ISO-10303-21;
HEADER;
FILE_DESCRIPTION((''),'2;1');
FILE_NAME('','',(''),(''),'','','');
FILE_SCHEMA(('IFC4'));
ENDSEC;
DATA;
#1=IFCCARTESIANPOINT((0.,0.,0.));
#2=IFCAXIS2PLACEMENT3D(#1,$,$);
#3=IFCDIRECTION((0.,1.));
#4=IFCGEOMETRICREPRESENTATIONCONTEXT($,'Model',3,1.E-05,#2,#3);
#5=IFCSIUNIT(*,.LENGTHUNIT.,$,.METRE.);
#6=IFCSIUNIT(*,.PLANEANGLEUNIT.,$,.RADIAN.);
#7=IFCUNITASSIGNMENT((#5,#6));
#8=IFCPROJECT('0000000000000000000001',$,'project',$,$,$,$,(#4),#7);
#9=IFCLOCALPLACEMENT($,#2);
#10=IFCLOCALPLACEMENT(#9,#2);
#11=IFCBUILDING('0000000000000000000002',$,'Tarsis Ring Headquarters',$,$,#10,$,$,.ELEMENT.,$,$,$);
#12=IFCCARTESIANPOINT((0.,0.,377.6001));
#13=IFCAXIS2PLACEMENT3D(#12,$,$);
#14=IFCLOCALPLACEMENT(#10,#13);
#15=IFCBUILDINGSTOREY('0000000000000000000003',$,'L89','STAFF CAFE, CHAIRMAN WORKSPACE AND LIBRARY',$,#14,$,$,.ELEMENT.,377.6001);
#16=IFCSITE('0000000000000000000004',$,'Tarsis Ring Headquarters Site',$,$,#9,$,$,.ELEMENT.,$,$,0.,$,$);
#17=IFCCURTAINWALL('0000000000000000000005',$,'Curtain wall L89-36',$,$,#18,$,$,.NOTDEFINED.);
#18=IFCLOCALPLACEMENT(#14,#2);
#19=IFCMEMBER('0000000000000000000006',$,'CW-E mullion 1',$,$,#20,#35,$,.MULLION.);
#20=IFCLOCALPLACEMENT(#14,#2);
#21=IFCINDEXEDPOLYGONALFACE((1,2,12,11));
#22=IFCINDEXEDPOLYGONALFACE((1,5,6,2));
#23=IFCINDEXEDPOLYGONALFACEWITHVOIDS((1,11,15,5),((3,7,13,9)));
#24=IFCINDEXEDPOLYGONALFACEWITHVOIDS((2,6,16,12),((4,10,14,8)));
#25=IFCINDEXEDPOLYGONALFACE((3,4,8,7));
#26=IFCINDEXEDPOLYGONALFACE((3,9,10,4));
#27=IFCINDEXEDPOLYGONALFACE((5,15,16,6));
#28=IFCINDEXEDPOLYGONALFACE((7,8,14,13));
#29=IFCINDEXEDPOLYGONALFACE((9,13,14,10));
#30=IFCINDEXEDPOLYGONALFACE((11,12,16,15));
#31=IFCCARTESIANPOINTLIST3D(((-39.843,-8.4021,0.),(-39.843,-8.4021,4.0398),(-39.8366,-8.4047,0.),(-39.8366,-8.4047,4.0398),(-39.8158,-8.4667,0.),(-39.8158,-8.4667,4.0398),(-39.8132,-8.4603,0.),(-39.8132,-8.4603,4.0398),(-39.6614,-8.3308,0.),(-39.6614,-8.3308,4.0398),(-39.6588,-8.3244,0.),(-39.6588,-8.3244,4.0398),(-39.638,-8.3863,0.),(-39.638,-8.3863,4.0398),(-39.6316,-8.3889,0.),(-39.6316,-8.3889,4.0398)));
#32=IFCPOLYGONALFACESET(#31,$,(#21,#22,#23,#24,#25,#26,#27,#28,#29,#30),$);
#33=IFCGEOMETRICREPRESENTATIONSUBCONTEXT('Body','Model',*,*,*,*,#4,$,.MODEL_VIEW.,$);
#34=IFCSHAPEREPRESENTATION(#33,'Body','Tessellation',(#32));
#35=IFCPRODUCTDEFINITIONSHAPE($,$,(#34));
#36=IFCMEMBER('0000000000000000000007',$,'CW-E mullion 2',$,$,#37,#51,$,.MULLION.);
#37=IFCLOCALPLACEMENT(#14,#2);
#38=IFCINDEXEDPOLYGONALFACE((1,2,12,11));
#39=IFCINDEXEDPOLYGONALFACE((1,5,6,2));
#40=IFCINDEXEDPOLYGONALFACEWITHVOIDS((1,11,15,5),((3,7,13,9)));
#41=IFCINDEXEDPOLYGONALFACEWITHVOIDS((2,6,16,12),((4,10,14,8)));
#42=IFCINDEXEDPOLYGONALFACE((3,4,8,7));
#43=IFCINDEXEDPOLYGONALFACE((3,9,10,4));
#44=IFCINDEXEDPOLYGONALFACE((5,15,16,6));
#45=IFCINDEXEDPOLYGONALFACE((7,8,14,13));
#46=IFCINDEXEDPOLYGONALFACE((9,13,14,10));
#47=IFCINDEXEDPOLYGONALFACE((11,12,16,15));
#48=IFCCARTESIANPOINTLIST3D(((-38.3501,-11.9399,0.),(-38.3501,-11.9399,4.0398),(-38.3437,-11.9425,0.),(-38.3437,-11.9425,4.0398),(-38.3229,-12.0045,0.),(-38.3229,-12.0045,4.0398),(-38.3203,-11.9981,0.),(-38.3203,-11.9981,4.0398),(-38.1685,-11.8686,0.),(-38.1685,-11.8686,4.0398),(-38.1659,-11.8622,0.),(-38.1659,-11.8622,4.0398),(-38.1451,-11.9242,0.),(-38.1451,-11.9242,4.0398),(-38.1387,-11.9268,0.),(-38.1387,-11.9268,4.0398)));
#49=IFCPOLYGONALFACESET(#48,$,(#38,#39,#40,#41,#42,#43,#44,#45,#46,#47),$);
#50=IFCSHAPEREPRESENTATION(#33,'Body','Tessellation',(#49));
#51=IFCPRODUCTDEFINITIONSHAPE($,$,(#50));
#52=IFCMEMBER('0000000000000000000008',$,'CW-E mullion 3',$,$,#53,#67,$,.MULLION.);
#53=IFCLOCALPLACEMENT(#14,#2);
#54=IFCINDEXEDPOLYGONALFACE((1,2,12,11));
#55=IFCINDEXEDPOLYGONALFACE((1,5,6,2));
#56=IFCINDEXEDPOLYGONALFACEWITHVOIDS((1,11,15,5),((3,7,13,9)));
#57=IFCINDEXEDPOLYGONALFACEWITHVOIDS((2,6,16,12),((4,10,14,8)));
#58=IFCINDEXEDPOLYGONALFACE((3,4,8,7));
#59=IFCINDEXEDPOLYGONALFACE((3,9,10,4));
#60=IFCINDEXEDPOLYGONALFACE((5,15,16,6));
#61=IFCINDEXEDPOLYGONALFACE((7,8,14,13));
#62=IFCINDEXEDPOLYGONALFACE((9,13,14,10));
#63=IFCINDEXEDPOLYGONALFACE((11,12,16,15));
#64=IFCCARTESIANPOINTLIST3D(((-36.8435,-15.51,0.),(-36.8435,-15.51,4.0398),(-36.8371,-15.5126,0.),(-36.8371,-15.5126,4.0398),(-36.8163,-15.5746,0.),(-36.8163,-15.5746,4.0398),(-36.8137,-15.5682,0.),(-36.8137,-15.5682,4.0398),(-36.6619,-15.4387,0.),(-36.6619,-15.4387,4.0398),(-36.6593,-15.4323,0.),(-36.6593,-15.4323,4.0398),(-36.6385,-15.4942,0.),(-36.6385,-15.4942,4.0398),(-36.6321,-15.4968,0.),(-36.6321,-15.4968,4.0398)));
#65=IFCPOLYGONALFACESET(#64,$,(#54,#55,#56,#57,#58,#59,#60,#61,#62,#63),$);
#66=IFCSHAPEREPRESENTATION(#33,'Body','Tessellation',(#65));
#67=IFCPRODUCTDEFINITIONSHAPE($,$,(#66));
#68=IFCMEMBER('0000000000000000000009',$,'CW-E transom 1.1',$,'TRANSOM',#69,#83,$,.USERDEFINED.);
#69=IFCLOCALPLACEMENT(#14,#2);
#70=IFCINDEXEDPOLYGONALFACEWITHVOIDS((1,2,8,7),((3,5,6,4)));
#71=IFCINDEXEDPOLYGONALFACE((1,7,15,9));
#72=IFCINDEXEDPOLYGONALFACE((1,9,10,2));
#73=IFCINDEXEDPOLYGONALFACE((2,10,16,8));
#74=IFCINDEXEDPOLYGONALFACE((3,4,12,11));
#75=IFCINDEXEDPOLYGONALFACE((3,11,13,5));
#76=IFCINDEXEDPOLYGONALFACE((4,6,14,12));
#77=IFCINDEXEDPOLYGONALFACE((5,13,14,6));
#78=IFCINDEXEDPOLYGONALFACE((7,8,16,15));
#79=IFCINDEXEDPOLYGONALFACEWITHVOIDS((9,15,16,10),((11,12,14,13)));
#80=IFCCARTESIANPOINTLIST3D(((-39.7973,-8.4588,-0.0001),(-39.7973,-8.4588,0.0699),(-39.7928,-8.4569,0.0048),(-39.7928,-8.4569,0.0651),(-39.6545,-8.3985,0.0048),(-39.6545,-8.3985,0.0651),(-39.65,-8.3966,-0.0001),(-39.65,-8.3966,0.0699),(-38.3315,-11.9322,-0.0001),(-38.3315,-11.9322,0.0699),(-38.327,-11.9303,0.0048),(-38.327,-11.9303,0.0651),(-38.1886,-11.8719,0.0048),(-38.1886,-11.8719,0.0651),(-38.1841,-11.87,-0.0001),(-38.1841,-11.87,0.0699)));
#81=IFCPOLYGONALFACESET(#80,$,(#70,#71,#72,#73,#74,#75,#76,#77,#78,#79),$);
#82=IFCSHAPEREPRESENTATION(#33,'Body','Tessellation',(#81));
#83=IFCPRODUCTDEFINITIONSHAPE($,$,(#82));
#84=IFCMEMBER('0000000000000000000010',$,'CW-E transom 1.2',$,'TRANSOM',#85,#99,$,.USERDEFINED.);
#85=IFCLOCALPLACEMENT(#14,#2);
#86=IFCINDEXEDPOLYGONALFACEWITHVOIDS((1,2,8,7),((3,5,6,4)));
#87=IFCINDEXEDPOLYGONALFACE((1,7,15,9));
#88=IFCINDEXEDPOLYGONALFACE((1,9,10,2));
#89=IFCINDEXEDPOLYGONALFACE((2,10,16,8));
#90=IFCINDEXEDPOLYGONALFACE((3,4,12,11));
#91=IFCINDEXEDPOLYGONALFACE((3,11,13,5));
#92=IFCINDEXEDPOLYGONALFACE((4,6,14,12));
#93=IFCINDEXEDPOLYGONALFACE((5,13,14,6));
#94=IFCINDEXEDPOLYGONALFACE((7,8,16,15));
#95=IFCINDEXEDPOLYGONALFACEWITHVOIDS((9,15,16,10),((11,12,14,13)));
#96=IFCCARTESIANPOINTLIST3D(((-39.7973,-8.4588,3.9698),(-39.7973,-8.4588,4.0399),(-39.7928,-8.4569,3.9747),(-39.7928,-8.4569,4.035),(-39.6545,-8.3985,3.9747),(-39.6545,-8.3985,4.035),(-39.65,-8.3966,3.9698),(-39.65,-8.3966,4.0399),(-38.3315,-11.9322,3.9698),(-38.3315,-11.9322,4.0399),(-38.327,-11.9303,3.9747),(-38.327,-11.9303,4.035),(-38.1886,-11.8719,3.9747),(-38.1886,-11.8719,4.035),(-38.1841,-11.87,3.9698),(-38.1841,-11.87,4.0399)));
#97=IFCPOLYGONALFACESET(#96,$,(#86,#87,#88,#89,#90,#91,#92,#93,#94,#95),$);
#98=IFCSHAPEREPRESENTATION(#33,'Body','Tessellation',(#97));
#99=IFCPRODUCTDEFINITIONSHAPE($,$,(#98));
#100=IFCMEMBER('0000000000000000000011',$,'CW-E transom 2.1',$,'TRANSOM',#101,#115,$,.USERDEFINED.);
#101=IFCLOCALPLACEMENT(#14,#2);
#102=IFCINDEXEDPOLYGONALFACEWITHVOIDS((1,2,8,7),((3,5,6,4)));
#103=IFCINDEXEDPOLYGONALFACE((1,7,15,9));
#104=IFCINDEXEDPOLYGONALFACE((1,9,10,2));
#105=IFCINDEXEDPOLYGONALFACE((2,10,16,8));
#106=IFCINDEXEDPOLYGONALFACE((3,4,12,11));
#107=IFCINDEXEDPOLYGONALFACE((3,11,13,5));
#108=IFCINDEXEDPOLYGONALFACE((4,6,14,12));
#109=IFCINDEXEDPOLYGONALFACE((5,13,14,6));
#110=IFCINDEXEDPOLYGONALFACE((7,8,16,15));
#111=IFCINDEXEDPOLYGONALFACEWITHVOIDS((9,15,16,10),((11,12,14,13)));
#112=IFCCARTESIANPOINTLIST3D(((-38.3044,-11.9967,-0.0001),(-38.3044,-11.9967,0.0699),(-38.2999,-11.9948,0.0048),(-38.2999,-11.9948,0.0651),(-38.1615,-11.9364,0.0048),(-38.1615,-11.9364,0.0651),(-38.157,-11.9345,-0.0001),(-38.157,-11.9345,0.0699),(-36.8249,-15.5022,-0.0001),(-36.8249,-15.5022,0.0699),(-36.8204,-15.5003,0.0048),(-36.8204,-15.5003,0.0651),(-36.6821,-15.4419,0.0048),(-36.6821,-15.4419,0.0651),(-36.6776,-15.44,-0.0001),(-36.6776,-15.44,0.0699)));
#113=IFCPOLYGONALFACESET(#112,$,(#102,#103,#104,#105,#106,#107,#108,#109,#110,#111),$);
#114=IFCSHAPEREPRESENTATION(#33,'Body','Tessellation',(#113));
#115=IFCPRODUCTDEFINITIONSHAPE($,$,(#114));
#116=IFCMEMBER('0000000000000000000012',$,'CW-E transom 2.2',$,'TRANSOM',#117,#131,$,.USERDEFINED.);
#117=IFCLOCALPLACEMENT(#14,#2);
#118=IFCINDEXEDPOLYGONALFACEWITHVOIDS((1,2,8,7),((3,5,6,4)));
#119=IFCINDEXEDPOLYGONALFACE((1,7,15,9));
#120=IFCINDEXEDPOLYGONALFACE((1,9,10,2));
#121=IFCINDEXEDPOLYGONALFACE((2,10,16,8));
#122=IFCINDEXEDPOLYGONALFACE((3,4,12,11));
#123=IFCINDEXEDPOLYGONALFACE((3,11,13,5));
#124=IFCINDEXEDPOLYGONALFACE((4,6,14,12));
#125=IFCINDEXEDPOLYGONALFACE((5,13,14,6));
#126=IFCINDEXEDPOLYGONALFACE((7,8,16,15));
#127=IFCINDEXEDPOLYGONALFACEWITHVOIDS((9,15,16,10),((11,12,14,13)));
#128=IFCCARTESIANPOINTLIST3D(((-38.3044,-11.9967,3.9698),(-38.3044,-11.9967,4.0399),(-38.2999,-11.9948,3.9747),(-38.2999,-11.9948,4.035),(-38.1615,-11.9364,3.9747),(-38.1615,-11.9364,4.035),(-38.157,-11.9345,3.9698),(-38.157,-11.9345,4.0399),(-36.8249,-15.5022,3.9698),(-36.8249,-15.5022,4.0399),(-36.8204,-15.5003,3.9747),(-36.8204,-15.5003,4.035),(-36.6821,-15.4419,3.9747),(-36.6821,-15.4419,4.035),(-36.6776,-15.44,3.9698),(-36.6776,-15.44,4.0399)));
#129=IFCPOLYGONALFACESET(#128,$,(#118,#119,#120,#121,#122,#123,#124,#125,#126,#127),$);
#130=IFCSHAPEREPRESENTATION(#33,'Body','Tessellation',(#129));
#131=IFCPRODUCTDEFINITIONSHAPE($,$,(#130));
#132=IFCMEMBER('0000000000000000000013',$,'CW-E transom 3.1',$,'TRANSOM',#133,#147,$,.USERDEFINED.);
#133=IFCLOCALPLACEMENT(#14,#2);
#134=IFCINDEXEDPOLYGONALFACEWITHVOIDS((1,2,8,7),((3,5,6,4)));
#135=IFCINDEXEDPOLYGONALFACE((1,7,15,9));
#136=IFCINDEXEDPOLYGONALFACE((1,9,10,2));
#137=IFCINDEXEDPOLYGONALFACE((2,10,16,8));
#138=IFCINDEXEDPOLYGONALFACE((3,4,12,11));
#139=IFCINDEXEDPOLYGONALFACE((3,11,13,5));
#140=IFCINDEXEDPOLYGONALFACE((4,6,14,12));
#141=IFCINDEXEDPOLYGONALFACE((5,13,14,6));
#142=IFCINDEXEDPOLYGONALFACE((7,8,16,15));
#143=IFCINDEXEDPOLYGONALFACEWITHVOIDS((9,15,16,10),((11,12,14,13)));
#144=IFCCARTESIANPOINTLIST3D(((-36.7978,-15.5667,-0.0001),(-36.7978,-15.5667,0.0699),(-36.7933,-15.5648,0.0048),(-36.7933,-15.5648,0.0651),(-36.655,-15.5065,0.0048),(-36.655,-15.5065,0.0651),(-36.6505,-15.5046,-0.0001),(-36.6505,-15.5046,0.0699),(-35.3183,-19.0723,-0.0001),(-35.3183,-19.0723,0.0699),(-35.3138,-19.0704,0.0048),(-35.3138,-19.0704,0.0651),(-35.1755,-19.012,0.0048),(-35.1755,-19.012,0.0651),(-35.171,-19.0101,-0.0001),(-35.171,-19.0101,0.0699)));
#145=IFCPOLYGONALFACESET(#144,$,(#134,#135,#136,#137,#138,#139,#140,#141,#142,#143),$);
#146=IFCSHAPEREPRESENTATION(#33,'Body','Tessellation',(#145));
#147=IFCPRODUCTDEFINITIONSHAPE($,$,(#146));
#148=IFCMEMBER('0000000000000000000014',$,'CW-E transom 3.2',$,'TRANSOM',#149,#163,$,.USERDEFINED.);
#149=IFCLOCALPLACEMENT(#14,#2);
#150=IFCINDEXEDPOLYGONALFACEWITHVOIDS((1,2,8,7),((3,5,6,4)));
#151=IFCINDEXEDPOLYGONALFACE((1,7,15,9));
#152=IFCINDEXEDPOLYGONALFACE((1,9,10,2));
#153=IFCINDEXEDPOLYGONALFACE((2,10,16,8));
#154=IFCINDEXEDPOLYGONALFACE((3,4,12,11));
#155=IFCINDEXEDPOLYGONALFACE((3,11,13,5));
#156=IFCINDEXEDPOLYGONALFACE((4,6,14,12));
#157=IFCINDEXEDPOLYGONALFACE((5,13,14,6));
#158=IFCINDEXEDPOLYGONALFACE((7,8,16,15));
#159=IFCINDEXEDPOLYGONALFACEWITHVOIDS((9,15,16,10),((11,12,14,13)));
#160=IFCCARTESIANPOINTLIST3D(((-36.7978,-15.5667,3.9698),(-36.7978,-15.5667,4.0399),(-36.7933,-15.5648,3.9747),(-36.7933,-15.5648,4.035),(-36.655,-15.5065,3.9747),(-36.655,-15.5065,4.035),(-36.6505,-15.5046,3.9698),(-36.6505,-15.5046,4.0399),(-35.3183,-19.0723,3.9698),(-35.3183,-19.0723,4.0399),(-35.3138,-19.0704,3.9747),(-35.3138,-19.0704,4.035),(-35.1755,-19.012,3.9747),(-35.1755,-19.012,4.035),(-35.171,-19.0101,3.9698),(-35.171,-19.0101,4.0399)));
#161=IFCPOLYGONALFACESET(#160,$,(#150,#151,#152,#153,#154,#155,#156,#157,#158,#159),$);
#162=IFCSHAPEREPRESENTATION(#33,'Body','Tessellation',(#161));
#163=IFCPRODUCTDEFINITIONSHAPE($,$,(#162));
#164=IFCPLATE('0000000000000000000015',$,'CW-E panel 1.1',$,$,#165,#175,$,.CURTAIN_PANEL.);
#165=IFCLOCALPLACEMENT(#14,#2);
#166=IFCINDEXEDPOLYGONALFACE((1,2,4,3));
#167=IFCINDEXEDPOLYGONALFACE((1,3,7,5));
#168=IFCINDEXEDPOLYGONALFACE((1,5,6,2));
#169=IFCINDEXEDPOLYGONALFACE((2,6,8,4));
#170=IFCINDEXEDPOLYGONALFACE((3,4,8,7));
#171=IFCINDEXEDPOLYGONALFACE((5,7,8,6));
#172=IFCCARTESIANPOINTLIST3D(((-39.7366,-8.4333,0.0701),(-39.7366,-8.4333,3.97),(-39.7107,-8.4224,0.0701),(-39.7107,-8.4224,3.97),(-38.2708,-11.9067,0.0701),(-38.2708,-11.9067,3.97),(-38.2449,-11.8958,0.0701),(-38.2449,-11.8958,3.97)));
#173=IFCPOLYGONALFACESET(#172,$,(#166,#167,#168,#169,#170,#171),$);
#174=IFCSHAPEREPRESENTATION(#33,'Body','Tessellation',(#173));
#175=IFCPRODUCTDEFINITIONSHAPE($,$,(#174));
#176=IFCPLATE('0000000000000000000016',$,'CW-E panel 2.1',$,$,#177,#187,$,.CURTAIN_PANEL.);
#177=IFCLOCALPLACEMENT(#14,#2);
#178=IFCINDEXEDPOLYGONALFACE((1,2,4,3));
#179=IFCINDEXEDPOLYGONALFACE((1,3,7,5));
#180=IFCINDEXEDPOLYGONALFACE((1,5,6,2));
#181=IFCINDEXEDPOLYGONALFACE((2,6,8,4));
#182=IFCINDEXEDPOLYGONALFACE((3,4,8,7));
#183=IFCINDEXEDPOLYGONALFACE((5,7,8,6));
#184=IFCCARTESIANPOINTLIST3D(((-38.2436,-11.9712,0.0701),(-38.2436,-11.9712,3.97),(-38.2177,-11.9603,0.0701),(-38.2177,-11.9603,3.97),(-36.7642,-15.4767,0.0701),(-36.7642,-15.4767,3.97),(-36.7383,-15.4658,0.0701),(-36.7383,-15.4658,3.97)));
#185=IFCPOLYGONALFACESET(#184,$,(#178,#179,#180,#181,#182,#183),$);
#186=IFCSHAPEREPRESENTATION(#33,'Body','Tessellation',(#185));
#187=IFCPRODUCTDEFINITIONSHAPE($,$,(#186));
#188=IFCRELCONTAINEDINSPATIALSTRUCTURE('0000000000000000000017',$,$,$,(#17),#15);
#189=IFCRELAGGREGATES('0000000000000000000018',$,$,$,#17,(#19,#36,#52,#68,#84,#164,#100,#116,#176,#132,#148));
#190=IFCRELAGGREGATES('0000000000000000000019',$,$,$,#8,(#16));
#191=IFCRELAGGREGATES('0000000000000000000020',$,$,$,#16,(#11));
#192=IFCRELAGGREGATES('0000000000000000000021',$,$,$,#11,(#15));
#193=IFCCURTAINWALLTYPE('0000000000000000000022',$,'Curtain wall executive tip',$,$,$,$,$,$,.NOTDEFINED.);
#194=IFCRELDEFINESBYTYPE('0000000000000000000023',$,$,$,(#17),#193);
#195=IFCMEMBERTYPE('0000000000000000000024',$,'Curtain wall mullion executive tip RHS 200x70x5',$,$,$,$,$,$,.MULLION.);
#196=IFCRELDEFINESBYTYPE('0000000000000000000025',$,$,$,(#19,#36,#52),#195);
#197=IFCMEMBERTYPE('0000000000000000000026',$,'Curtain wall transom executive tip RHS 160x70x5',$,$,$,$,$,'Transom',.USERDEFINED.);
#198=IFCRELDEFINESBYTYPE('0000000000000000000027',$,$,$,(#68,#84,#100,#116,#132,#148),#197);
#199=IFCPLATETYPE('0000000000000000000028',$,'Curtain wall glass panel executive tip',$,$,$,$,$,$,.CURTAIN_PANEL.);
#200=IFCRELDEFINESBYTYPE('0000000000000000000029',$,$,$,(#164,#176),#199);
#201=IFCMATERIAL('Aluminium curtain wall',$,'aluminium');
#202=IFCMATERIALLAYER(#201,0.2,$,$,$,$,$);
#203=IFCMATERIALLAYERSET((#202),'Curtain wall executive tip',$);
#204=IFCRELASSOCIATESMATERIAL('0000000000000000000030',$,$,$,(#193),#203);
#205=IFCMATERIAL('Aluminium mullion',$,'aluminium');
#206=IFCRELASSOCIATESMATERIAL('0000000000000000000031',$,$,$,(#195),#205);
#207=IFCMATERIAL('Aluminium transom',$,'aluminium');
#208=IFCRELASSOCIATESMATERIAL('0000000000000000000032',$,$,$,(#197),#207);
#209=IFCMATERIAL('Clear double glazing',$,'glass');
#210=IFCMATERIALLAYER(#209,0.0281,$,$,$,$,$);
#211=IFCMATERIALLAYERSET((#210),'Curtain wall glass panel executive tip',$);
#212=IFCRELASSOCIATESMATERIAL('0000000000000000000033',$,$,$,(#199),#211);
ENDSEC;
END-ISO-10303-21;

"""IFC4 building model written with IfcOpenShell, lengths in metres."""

from ifc_helpers import new_model, si_unit, direction, frame, origin, origin_2d, place, context, subcontext, project, spatial, rectangle, hollow_rectangle, extrude, material, layer, layer_set, material_profile, profile_set, type_object, element, aggregate, save


model = new_model("IFC4")

# Units and contexts
model_context = context("Model", 3, precision=1e-05, world=origin(), true_north=direction((0.0, 1.0)))
body_context = subcontext(model_context, "Body", "Model", "MODEL_VIEW")
ifc_project = project(units=[si_unit("LENGTHUNIT", "METRE"), si_unit("PLANEANGLEUNIT", "RADIAN")], contexts=[model_context])

# Site, building, storey
site_placement = place(None, origin())
site = spatial("IfcSite", under=ifc_project, at=site_placement, Name="Tarsis Ring Headquarters Site", CompositionType="ELEMENT", RefElevation=0.0)
building_placement = place(site_placement, origin())
building = spatial("IfcBuilding", under=site, at=building_placement, Name="Tarsis Ring Headquarters", CompositionType="ELEMENT")
storey_placement = place(building_placement, frame((0.0, 0.0, 377.6001)))
storey = spatial("IfcBuildingStorey", under=building, at=storey_placement, Name="L89", Description="STAFF CAFE, CHAIRMAN WORKSPACE AND LIBRARY", CompositionType="ELEMENT", Elevation=377.6001)

# Curtain wall, members, plates
ifc_material_1 = material(Name="Aluminium curtain wall", Category="aluminium")
ifc_layer_1 = layer(ifc_material_1, 0.2)
ifc_layer_set_1 = layer_set([ifc_layer_1], Name="Curtain wall executive tip")
curtain_wall_type = type_object("IfcCurtainWallType", Name="Curtain wall executive tip", PredefinedType="NOTDEFINED", material=ifc_layer_set_1)
curtain_wall_placement = place(storey_placement, origin())
curtain_wall = element("IfcCurtainWall", 1, at=curtain_wall_placement, inside=storey, type_object=curtain_wall_type, Name="Curtain wall L89-36", PredefinedType="NOTDEFINED")
ifc_material_2 = material(Name="Aluminium mullion", Category="aluminium")
ifc_material_profile_1 = material_profile(ifc_material_2, hollow_rectangle(XDim=0.2, YDim=0.0701, WallThickness=0.0049, at=origin_2d()), Name="RHS 200x70x5")
ifc_profile_set_1 = profile_set([ifc_material_profile_1], Name="Aluminium mullion")
member_type_1 = type_object("IfcMemberType", Name="Curtain wall mullion executive tip RHS 200x70x5", PredefinedType="MULLION", material=ifc_profile_set_1)
member_1_placement = place(storey_placement, frame((-39.7373, -8.3955, 0.0), z_axis=(0.0, 0.0, 1.0), x_axis=(0.921321, 0.388802, 0.0)))
member_1 = element("IfcMember", 2, at=member_1_placement, type_object=member_type_1, Name="CW-E mullion 1", PredefinedType="MULLION", context=body_context, shape_type="SweptSolid", body=[
    extrude(hollow_rectangle(XDim=0.2, YDim=0.0701, WallThickness=0.0049, at=origin_2d()), origin(), (0.0, 0.0, 1.0), 4.0398),
])
member_2_placement = place(storey_placement, frame((-38.2444, -11.9333, 0.0), z_axis=(0.0, 0.0, 1.0), x_axis=(0.921321, 0.388802, 0.0)))
member_2 = element("IfcMember", 3, at=member_2_placement, type_object=member_type_1, Name="CW-E mullion 2", PredefinedType="MULLION", context=body_context, shape_type="SweptSolid", body=[
    extrude(hollow_rectangle(XDim=0.2, YDim=0.0701, WallThickness=0.0049, at=origin_2d()), origin(), (0.0, 0.0, 1.0), 4.0398),
])
member_3_placement = place(storey_placement, frame((-36.7378, -15.5034, 0.0), z_axis=(0.0, 0.0, 1.0), x_axis=(0.921321, 0.388802, 0.0)))
member_3 = element("IfcMember", 4, at=member_3_placement, type_object=member_type_1, Name="CW-E mullion 3", PredefinedType="MULLION", context=body_context, shape_type="SweptSolid", body=[
    extrude(hollow_rectangle(XDim=0.2, YDim=0.0701, WallThickness=0.0049, at=origin_2d()), origin(), (0.0, 0.0, 1.0), 4.0398),
])
ifc_material_3 = material(Name="Aluminium transom", Category="aluminium")
ifc_material_profile_2 = material_profile(ifc_material_3, hollow_rectangle(XDim=0.1599, YDim=0.0701, WallThickness=0.0049, at=origin_2d()), Name="RHS 160x70x5")
ifc_profile_set_2 = profile_set([ifc_material_profile_2], Name="Aluminium transom")
member_type_2 = type_object("IfcMemberType", Name="Curtain wall transom executive tip RHS 160x70x5", ElementType="Transom", PredefinedType="USERDEFINED", material=ifc_profile_set_2)
member_4_placement = place(storey_placement, frame((-39.7236, -8.4277, 0.0349), z_axis=(0.38881, -0.921318, 0.0), x_axis=(0.921318, 0.38881, 0.0)))
member_4 = element("IfcMember", 5, at=member_4_placement, type_object=member_type_2, Name="CW-E transom 1.1", ObjectType="TRANSOM", PredefinedType="USERDEFINED", context=body_context, shape_type="SweptSolid", body=[
    extrude(hollow_rectangle(XDim=0.1599, YDim=0.0701, WallThickness=0.0049, at=origin_2d()), origin(), (0.0, 0.0, 1.0), 3.77),
])
member_5_placement = place(storey_placement, frame((-39.7236, -8.4277, 4.0049), z_axis=(0.38881, -0.921318, 0.0), x_axis=(0.921318, 0.38881, 0.0)))
member_5 = element("IfcMember", 6, at=member_5_placement, type_object=member_type_2, Name="CW-E transom 1.2", ObjectType="TRANSOM", PredefinedType="USERDEFINED", context=body_context, shape_type="SweptSolid", body=[
    extrude(hollow_rectangle(XDim=0.1599, YDim=0.0701, WallThickness=0.0049, at=origin_2d()), origin(), (0.0, 0.0, 1.0), 3.77),
])
member_6_placement = place(storey_placement, frame((-38.2307, -11.9656, 0.0349), z_axis=(0.388826, -0.921311, 0.0), x_axis=(0.921311, 0.388826, 0.0)))
member_6 = element("IfcMember", 7, at=member_6_placement, type_object=member_type_2, Name="CW-E transom 2.1", ObjectType="TRANSOM", PredefinedType="USERDEFINED", context=body_context, shape_type="SweptSolid", body=[
    extrude(hollow_rectangle(XDim=0.1599, YDim=0.0701, WallThickness=0.0049, at=origin_2d()), origin(), (0.0, 0.0, 1.0), 3.8049),
])
member_7_placement = place(storey_placement, frame((-38.2307, -11.9656, 4.0049), z_axis=(0.388826, -0.921311, 0.0), x_axis=(0.921311, 0.388826, 0.0)))
member_7 = element("IfcMember", 8, at=member_7_placement, type_object=member_type_2, Name="CW-E transom 2.2", ObjectType="TRANSOM", PredefinedType="USERDEFINED", context=body_context, shape_type="SweptSolid", body=[
    extrude(hollow_rectangle(XDim=0.1599, YDim=0.0701, WallThickness=0.0049, at=origin_2d()), origin(), (0.0, 0.0, 1.0), 3.8049),
])
member_8_placement = place(storey_placement, frame((-36.7241, -15.5356, 0.0349), z_axis=(0.388826, -0.921311, 0.0), x_axis=(0.921311, 0.388826, 0.0)))
member_8 = element("IfcMember", 9, at=member_8_placement, type_object=member_type_2, Name="CW-E transom 3.1", ObjectType="TRANSOM", PredefinedType="USERDEFINED", context=body_context, shape_type="SweptSolid", body=[
    extrude(hollow_rectangle(XDim=0.1599, YDim=0.0701, WallThickness=0.0049, at=origin_2d()), origin(), (0.0, 0.0, 1.0), 3.8049),
])
member_9_placement = place(storey_placement, frame((-36.7241, -15.5356, 4.0049), z_axis=(0.388826, -0.921311, 0.0), x_axis=(0.921311, 0.388826, 0.0)))
member_9 = element("IfcMember", 10, at=member_9_placement, type_object=member_type_2, Name="CW-E transom 3.2", ObjectType="TRANSOM", PredefinedType="USERDEFINED", context=body_context, shape_type="SweptSolid", body=[
    extrude(hollow_rectangle(XDim=0.1599, YDim=0.0701, WallThickness=0.0049, at=origin_2d()), origin(), (0.0, 0.0, 1.0), 3.8049),
])
ifc_material_4 = material(Name="Clear double glazing", Category="glass")
ifc_layer_2 = layer(ifc_material_4, 0.0281)
ifc_layer_set_2 = layer_set([ifc_layer_2], Name="Curtain wall glass panel executive tip")
plate_type = type_object("IfcPlateType", Name="Curtain wall glass panel executive tip", PredefinedType="CURTAIN_PANEL", material=ifc_layer_set_2)
plate_1_placement = place(storey_placement, frame((-38.9907, -10.1646, 0.0701), z_axis=(0.0, 0.0, 1.0), x_axis=(0.388802, -0.921321, 0.0)))
plate_1 = element("IfcPlate", 11, at=plate_1_placement, type_object=plate_type, Name="CW-E panel 1.1", PredefinedType="CURTAIN_PANEL", context=body_context, shape_type="SweptSolid", body=[
    extrude(rectangle(XDim=3.77, YDim=0.0281, at=origin_2d()), origin(), (0.0, 0.0, 1.0), 3.8999),
])
plate_2_placement = place(storey_placement, frame((-37.491, -13.7185, 0.0701), z_axis=(0.0, 0.0, 1.0), x_axis=(0.388802, -0.921321, 0.0)))
plate_2 = element("IfcPlate", 12, at=plate_2_placement, type_object=plate_type, Name="CW-E panel 2.1", PredefinedType="CURTAIN_PANEL", context=body_context, shape_type="SweptSolid", body=[
    extrude(rectangle(XDim=3.8049, YDim=0.0281, at=origin_2d()), origin(), (0.0, 0.0, 1.0), 3.8999),
])
aggregate(curtain_wall, [member_1, member_2, member_3, member_4, member_5, plate_1, member_6, member_7, plate_2, member_8, member_9])

save(model, "model.ifc")
